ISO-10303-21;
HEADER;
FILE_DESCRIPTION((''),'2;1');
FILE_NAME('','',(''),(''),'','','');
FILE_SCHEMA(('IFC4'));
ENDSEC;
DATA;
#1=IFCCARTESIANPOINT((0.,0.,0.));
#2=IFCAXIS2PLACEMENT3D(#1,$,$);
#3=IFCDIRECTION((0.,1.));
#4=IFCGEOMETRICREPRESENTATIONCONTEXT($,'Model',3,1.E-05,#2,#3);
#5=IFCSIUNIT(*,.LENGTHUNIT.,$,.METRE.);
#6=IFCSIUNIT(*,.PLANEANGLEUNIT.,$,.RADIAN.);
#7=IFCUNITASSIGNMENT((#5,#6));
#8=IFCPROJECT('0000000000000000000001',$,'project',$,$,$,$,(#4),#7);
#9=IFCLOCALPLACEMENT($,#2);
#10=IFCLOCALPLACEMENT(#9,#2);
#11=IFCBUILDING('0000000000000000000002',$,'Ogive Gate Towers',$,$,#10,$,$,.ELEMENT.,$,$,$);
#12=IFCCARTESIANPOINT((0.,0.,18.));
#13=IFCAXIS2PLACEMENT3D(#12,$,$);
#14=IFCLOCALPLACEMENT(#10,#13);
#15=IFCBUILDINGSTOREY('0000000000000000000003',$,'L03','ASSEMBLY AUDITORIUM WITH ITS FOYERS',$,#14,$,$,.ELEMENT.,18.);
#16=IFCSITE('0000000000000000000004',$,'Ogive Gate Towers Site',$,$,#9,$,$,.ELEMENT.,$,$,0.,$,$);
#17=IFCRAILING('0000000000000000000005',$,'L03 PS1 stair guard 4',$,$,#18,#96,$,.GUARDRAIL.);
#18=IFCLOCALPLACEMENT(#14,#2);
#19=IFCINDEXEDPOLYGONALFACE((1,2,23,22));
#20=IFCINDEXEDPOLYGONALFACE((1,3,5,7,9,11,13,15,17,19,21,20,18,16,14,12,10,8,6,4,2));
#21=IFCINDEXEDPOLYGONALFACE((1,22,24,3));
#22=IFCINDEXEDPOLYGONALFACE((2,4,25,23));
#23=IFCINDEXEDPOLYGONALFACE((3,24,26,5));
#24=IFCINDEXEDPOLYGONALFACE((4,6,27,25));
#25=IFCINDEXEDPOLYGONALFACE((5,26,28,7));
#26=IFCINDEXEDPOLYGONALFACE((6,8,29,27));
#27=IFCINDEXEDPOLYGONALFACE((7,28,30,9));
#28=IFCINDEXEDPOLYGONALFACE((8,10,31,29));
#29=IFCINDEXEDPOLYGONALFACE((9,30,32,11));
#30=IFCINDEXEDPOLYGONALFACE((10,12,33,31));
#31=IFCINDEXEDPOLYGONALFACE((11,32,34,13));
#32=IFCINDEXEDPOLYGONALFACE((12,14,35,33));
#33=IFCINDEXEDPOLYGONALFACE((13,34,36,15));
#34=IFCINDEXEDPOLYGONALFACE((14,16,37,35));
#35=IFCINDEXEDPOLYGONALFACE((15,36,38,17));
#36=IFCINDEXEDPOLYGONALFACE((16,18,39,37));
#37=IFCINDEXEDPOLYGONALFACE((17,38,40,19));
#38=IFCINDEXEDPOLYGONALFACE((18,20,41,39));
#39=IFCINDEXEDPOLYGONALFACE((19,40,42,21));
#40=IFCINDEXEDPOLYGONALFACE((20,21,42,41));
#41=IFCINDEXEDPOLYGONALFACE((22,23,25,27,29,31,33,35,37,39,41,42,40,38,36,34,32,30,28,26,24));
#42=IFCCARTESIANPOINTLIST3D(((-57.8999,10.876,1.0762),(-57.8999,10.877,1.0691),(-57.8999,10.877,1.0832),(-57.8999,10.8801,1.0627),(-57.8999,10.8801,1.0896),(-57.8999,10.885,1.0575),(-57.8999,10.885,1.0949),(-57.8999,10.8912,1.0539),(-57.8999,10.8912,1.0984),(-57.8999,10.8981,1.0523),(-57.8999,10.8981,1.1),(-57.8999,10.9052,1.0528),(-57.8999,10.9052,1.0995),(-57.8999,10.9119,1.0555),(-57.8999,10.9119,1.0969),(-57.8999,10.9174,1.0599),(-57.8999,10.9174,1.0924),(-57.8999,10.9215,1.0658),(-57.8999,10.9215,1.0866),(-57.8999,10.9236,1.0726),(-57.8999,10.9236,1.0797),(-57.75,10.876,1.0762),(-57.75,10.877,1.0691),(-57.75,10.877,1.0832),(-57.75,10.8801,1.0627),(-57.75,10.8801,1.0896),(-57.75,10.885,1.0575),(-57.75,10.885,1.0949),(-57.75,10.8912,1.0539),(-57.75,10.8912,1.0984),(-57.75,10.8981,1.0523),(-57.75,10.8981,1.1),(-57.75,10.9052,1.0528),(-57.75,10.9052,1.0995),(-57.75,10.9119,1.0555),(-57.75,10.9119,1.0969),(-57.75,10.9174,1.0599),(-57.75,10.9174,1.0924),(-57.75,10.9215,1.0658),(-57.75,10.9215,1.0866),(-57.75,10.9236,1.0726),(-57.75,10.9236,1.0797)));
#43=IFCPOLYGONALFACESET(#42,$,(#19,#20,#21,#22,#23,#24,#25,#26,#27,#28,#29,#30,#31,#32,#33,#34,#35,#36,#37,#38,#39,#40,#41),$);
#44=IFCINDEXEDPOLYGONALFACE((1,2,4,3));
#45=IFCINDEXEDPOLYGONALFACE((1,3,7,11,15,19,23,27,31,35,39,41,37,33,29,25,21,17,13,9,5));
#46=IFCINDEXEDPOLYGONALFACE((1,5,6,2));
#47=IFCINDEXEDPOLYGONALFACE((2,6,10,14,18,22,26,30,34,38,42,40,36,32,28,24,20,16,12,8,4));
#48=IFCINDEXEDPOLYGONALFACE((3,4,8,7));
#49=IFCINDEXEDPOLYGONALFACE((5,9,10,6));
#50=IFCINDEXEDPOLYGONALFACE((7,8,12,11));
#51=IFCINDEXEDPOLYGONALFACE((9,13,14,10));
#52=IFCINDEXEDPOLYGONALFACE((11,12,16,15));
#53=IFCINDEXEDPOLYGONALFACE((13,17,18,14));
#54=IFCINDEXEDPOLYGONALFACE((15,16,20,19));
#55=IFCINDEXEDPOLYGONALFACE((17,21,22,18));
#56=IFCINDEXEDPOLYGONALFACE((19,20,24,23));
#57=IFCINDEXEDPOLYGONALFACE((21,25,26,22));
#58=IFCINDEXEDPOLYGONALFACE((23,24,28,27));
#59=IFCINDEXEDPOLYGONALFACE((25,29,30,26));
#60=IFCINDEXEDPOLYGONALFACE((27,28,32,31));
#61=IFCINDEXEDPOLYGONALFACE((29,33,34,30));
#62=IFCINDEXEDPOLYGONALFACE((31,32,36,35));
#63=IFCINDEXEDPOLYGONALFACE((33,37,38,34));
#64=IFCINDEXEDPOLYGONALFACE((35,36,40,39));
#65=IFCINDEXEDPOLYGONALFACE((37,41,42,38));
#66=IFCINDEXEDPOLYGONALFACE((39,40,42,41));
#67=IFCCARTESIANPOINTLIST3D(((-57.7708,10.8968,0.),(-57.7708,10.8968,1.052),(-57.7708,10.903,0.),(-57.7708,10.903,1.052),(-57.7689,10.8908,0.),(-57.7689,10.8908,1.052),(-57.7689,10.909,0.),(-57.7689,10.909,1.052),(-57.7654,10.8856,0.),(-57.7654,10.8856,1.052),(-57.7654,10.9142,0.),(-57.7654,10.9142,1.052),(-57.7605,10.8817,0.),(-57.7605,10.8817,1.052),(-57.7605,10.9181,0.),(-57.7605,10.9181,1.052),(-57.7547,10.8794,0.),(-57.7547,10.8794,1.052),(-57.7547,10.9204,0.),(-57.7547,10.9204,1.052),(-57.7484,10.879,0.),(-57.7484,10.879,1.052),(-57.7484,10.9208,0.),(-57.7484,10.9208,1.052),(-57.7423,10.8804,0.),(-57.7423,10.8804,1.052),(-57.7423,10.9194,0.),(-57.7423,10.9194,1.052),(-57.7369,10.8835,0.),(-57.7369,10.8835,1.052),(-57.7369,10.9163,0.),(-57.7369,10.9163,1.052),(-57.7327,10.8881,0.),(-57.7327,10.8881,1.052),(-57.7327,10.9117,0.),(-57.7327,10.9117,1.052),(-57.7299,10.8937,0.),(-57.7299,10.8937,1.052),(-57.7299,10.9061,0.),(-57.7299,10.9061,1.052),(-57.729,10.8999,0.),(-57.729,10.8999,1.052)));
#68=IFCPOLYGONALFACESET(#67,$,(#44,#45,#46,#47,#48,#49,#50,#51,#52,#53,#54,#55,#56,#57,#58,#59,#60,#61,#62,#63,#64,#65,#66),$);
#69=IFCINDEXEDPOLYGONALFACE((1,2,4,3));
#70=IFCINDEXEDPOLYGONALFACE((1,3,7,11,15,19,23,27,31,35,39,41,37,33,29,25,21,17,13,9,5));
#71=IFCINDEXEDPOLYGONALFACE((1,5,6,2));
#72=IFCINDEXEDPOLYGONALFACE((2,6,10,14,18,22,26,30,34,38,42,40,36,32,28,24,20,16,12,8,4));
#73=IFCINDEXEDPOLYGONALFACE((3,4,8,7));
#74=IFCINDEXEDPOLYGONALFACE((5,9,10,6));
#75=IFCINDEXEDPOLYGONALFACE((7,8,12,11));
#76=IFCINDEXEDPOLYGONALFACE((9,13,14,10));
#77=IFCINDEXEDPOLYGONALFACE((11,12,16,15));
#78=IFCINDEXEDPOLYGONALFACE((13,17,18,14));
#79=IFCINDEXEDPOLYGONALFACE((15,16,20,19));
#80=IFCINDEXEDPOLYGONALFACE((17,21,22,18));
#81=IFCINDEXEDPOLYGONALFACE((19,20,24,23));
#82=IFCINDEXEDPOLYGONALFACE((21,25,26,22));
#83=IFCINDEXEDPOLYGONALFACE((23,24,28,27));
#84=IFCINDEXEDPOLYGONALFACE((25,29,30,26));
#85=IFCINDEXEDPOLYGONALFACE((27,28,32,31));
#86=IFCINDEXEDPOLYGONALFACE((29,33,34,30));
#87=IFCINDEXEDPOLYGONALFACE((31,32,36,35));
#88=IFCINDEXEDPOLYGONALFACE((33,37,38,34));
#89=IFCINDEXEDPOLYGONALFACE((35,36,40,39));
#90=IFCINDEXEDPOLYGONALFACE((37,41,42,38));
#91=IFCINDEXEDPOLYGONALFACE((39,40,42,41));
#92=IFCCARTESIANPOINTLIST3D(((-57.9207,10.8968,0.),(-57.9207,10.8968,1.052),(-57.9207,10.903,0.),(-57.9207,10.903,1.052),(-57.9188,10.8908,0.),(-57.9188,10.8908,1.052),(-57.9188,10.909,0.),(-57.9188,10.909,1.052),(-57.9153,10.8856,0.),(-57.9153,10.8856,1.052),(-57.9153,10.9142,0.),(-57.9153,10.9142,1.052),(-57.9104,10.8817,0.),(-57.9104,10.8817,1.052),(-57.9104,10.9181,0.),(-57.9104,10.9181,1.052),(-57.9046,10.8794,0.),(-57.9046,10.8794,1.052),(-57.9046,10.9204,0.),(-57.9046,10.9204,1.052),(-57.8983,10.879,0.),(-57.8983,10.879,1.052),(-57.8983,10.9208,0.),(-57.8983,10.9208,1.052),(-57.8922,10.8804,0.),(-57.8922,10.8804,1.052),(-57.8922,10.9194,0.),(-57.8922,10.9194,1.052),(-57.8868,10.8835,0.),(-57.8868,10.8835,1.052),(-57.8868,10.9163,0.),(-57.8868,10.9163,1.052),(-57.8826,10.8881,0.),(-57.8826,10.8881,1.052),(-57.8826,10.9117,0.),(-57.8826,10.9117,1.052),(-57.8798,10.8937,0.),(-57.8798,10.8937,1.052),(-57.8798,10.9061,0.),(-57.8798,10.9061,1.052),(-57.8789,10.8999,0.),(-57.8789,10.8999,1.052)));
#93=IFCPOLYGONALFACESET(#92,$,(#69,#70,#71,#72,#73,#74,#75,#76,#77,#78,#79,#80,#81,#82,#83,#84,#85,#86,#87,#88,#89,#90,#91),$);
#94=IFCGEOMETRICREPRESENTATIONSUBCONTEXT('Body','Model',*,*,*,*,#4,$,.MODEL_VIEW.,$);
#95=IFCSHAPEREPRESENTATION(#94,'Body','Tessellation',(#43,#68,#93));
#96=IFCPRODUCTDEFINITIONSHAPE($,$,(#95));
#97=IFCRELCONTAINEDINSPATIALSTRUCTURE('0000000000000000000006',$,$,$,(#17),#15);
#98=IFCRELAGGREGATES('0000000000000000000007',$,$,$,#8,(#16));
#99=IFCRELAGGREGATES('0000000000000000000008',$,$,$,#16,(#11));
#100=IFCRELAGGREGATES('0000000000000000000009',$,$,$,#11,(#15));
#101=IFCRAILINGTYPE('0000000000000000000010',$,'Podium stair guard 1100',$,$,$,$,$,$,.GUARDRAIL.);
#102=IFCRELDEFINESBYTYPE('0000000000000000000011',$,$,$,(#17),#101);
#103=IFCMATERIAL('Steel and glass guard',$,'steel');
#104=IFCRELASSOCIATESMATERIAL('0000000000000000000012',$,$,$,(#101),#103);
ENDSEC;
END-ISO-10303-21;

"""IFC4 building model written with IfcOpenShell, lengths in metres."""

from ifc_helpers import new_model, si_unit, direction, frame, origin, origin_2d, place, context, subcontext, project, spatial, circle, extrude, material, type_object, element, save


model = new_model("IFC4")

# Units and contexts
model_context = context("Model", 3, precision=1e-05, world=origin(), true_north=direction((0.0, 1.0)))
body_context = subcontext(model_context, "Body", "Model", "MODEL_VIEW")
ifc_project = project(units=[si_unit("LENGTHUNIT", "METRE"), si_unit("PLANEANGLEUNIT", "RADIAN")], contexts=[model_context])

# Site, building, storey
site_placement = place(None, origin())
site = spatial("IfcSite", under=ifc_project, at=site_placement, Name="Ogive Gate Towers Site", CompositionType="ELEMENT", RefElevation=0.0)
building_placement = place(site_placement, origin())
building = spatial("IfcBuilding", under=site, at=building_placement, Name="Ogive Gate Towers", CompositionType="ELEMENT")
storey_placement = place(building_placement, frame((0.0, 0.0, 18.0)))
storey = spatial("IfcBuildingStorey", under=building, at=storey_placement, Name="L03", Description="ASSEMBLY AUDITORIUM WITH ITS FOYERS", CompositionType="ELEMENT", Elevation=18.0)

# Railing
ifc_material_1 = material(Name="Steel and glass guard", Category="steel")
railing_type_1 = type_object("IfcRailingType", Name="Podium stair guard 1100", PredefinedType="GUARDRAIL", material=ifc_material_1)
railing_1_placement = place(storey_placement, frame((-57.75, 10.8999, 0.0)))
element("IfcRailing", 1, at=railing_1_placement, inside=storey, type_object=railing_type_1, Name="L03 PS1 stair guard 4", PredefinedType="GUARDRAIL", context=body_context, shape_type="SweptSolid", body=[
    extrude(circle(Radius=0.0239, at=origin_2d()), frame((0.0, 0.0, 1.0762), z_axis=(-1.0, 0.0, 0.0), x_axis=(0.0, -1.0, 0.0)), (0.0, 0.0, 1.0), 0.1499),
    extrude(circle(Radius=0.021, at=origin_2d()), origin(), (0.0, 0.0, 1.0), 1.052),
    extrude(circle(Radius=0.021, at=origin_2d()), frame((-0.1499, 0.0, 0.0)), (0.0, 0.0, 1.0), 1.052),
])

save(model, "model.ifc")
